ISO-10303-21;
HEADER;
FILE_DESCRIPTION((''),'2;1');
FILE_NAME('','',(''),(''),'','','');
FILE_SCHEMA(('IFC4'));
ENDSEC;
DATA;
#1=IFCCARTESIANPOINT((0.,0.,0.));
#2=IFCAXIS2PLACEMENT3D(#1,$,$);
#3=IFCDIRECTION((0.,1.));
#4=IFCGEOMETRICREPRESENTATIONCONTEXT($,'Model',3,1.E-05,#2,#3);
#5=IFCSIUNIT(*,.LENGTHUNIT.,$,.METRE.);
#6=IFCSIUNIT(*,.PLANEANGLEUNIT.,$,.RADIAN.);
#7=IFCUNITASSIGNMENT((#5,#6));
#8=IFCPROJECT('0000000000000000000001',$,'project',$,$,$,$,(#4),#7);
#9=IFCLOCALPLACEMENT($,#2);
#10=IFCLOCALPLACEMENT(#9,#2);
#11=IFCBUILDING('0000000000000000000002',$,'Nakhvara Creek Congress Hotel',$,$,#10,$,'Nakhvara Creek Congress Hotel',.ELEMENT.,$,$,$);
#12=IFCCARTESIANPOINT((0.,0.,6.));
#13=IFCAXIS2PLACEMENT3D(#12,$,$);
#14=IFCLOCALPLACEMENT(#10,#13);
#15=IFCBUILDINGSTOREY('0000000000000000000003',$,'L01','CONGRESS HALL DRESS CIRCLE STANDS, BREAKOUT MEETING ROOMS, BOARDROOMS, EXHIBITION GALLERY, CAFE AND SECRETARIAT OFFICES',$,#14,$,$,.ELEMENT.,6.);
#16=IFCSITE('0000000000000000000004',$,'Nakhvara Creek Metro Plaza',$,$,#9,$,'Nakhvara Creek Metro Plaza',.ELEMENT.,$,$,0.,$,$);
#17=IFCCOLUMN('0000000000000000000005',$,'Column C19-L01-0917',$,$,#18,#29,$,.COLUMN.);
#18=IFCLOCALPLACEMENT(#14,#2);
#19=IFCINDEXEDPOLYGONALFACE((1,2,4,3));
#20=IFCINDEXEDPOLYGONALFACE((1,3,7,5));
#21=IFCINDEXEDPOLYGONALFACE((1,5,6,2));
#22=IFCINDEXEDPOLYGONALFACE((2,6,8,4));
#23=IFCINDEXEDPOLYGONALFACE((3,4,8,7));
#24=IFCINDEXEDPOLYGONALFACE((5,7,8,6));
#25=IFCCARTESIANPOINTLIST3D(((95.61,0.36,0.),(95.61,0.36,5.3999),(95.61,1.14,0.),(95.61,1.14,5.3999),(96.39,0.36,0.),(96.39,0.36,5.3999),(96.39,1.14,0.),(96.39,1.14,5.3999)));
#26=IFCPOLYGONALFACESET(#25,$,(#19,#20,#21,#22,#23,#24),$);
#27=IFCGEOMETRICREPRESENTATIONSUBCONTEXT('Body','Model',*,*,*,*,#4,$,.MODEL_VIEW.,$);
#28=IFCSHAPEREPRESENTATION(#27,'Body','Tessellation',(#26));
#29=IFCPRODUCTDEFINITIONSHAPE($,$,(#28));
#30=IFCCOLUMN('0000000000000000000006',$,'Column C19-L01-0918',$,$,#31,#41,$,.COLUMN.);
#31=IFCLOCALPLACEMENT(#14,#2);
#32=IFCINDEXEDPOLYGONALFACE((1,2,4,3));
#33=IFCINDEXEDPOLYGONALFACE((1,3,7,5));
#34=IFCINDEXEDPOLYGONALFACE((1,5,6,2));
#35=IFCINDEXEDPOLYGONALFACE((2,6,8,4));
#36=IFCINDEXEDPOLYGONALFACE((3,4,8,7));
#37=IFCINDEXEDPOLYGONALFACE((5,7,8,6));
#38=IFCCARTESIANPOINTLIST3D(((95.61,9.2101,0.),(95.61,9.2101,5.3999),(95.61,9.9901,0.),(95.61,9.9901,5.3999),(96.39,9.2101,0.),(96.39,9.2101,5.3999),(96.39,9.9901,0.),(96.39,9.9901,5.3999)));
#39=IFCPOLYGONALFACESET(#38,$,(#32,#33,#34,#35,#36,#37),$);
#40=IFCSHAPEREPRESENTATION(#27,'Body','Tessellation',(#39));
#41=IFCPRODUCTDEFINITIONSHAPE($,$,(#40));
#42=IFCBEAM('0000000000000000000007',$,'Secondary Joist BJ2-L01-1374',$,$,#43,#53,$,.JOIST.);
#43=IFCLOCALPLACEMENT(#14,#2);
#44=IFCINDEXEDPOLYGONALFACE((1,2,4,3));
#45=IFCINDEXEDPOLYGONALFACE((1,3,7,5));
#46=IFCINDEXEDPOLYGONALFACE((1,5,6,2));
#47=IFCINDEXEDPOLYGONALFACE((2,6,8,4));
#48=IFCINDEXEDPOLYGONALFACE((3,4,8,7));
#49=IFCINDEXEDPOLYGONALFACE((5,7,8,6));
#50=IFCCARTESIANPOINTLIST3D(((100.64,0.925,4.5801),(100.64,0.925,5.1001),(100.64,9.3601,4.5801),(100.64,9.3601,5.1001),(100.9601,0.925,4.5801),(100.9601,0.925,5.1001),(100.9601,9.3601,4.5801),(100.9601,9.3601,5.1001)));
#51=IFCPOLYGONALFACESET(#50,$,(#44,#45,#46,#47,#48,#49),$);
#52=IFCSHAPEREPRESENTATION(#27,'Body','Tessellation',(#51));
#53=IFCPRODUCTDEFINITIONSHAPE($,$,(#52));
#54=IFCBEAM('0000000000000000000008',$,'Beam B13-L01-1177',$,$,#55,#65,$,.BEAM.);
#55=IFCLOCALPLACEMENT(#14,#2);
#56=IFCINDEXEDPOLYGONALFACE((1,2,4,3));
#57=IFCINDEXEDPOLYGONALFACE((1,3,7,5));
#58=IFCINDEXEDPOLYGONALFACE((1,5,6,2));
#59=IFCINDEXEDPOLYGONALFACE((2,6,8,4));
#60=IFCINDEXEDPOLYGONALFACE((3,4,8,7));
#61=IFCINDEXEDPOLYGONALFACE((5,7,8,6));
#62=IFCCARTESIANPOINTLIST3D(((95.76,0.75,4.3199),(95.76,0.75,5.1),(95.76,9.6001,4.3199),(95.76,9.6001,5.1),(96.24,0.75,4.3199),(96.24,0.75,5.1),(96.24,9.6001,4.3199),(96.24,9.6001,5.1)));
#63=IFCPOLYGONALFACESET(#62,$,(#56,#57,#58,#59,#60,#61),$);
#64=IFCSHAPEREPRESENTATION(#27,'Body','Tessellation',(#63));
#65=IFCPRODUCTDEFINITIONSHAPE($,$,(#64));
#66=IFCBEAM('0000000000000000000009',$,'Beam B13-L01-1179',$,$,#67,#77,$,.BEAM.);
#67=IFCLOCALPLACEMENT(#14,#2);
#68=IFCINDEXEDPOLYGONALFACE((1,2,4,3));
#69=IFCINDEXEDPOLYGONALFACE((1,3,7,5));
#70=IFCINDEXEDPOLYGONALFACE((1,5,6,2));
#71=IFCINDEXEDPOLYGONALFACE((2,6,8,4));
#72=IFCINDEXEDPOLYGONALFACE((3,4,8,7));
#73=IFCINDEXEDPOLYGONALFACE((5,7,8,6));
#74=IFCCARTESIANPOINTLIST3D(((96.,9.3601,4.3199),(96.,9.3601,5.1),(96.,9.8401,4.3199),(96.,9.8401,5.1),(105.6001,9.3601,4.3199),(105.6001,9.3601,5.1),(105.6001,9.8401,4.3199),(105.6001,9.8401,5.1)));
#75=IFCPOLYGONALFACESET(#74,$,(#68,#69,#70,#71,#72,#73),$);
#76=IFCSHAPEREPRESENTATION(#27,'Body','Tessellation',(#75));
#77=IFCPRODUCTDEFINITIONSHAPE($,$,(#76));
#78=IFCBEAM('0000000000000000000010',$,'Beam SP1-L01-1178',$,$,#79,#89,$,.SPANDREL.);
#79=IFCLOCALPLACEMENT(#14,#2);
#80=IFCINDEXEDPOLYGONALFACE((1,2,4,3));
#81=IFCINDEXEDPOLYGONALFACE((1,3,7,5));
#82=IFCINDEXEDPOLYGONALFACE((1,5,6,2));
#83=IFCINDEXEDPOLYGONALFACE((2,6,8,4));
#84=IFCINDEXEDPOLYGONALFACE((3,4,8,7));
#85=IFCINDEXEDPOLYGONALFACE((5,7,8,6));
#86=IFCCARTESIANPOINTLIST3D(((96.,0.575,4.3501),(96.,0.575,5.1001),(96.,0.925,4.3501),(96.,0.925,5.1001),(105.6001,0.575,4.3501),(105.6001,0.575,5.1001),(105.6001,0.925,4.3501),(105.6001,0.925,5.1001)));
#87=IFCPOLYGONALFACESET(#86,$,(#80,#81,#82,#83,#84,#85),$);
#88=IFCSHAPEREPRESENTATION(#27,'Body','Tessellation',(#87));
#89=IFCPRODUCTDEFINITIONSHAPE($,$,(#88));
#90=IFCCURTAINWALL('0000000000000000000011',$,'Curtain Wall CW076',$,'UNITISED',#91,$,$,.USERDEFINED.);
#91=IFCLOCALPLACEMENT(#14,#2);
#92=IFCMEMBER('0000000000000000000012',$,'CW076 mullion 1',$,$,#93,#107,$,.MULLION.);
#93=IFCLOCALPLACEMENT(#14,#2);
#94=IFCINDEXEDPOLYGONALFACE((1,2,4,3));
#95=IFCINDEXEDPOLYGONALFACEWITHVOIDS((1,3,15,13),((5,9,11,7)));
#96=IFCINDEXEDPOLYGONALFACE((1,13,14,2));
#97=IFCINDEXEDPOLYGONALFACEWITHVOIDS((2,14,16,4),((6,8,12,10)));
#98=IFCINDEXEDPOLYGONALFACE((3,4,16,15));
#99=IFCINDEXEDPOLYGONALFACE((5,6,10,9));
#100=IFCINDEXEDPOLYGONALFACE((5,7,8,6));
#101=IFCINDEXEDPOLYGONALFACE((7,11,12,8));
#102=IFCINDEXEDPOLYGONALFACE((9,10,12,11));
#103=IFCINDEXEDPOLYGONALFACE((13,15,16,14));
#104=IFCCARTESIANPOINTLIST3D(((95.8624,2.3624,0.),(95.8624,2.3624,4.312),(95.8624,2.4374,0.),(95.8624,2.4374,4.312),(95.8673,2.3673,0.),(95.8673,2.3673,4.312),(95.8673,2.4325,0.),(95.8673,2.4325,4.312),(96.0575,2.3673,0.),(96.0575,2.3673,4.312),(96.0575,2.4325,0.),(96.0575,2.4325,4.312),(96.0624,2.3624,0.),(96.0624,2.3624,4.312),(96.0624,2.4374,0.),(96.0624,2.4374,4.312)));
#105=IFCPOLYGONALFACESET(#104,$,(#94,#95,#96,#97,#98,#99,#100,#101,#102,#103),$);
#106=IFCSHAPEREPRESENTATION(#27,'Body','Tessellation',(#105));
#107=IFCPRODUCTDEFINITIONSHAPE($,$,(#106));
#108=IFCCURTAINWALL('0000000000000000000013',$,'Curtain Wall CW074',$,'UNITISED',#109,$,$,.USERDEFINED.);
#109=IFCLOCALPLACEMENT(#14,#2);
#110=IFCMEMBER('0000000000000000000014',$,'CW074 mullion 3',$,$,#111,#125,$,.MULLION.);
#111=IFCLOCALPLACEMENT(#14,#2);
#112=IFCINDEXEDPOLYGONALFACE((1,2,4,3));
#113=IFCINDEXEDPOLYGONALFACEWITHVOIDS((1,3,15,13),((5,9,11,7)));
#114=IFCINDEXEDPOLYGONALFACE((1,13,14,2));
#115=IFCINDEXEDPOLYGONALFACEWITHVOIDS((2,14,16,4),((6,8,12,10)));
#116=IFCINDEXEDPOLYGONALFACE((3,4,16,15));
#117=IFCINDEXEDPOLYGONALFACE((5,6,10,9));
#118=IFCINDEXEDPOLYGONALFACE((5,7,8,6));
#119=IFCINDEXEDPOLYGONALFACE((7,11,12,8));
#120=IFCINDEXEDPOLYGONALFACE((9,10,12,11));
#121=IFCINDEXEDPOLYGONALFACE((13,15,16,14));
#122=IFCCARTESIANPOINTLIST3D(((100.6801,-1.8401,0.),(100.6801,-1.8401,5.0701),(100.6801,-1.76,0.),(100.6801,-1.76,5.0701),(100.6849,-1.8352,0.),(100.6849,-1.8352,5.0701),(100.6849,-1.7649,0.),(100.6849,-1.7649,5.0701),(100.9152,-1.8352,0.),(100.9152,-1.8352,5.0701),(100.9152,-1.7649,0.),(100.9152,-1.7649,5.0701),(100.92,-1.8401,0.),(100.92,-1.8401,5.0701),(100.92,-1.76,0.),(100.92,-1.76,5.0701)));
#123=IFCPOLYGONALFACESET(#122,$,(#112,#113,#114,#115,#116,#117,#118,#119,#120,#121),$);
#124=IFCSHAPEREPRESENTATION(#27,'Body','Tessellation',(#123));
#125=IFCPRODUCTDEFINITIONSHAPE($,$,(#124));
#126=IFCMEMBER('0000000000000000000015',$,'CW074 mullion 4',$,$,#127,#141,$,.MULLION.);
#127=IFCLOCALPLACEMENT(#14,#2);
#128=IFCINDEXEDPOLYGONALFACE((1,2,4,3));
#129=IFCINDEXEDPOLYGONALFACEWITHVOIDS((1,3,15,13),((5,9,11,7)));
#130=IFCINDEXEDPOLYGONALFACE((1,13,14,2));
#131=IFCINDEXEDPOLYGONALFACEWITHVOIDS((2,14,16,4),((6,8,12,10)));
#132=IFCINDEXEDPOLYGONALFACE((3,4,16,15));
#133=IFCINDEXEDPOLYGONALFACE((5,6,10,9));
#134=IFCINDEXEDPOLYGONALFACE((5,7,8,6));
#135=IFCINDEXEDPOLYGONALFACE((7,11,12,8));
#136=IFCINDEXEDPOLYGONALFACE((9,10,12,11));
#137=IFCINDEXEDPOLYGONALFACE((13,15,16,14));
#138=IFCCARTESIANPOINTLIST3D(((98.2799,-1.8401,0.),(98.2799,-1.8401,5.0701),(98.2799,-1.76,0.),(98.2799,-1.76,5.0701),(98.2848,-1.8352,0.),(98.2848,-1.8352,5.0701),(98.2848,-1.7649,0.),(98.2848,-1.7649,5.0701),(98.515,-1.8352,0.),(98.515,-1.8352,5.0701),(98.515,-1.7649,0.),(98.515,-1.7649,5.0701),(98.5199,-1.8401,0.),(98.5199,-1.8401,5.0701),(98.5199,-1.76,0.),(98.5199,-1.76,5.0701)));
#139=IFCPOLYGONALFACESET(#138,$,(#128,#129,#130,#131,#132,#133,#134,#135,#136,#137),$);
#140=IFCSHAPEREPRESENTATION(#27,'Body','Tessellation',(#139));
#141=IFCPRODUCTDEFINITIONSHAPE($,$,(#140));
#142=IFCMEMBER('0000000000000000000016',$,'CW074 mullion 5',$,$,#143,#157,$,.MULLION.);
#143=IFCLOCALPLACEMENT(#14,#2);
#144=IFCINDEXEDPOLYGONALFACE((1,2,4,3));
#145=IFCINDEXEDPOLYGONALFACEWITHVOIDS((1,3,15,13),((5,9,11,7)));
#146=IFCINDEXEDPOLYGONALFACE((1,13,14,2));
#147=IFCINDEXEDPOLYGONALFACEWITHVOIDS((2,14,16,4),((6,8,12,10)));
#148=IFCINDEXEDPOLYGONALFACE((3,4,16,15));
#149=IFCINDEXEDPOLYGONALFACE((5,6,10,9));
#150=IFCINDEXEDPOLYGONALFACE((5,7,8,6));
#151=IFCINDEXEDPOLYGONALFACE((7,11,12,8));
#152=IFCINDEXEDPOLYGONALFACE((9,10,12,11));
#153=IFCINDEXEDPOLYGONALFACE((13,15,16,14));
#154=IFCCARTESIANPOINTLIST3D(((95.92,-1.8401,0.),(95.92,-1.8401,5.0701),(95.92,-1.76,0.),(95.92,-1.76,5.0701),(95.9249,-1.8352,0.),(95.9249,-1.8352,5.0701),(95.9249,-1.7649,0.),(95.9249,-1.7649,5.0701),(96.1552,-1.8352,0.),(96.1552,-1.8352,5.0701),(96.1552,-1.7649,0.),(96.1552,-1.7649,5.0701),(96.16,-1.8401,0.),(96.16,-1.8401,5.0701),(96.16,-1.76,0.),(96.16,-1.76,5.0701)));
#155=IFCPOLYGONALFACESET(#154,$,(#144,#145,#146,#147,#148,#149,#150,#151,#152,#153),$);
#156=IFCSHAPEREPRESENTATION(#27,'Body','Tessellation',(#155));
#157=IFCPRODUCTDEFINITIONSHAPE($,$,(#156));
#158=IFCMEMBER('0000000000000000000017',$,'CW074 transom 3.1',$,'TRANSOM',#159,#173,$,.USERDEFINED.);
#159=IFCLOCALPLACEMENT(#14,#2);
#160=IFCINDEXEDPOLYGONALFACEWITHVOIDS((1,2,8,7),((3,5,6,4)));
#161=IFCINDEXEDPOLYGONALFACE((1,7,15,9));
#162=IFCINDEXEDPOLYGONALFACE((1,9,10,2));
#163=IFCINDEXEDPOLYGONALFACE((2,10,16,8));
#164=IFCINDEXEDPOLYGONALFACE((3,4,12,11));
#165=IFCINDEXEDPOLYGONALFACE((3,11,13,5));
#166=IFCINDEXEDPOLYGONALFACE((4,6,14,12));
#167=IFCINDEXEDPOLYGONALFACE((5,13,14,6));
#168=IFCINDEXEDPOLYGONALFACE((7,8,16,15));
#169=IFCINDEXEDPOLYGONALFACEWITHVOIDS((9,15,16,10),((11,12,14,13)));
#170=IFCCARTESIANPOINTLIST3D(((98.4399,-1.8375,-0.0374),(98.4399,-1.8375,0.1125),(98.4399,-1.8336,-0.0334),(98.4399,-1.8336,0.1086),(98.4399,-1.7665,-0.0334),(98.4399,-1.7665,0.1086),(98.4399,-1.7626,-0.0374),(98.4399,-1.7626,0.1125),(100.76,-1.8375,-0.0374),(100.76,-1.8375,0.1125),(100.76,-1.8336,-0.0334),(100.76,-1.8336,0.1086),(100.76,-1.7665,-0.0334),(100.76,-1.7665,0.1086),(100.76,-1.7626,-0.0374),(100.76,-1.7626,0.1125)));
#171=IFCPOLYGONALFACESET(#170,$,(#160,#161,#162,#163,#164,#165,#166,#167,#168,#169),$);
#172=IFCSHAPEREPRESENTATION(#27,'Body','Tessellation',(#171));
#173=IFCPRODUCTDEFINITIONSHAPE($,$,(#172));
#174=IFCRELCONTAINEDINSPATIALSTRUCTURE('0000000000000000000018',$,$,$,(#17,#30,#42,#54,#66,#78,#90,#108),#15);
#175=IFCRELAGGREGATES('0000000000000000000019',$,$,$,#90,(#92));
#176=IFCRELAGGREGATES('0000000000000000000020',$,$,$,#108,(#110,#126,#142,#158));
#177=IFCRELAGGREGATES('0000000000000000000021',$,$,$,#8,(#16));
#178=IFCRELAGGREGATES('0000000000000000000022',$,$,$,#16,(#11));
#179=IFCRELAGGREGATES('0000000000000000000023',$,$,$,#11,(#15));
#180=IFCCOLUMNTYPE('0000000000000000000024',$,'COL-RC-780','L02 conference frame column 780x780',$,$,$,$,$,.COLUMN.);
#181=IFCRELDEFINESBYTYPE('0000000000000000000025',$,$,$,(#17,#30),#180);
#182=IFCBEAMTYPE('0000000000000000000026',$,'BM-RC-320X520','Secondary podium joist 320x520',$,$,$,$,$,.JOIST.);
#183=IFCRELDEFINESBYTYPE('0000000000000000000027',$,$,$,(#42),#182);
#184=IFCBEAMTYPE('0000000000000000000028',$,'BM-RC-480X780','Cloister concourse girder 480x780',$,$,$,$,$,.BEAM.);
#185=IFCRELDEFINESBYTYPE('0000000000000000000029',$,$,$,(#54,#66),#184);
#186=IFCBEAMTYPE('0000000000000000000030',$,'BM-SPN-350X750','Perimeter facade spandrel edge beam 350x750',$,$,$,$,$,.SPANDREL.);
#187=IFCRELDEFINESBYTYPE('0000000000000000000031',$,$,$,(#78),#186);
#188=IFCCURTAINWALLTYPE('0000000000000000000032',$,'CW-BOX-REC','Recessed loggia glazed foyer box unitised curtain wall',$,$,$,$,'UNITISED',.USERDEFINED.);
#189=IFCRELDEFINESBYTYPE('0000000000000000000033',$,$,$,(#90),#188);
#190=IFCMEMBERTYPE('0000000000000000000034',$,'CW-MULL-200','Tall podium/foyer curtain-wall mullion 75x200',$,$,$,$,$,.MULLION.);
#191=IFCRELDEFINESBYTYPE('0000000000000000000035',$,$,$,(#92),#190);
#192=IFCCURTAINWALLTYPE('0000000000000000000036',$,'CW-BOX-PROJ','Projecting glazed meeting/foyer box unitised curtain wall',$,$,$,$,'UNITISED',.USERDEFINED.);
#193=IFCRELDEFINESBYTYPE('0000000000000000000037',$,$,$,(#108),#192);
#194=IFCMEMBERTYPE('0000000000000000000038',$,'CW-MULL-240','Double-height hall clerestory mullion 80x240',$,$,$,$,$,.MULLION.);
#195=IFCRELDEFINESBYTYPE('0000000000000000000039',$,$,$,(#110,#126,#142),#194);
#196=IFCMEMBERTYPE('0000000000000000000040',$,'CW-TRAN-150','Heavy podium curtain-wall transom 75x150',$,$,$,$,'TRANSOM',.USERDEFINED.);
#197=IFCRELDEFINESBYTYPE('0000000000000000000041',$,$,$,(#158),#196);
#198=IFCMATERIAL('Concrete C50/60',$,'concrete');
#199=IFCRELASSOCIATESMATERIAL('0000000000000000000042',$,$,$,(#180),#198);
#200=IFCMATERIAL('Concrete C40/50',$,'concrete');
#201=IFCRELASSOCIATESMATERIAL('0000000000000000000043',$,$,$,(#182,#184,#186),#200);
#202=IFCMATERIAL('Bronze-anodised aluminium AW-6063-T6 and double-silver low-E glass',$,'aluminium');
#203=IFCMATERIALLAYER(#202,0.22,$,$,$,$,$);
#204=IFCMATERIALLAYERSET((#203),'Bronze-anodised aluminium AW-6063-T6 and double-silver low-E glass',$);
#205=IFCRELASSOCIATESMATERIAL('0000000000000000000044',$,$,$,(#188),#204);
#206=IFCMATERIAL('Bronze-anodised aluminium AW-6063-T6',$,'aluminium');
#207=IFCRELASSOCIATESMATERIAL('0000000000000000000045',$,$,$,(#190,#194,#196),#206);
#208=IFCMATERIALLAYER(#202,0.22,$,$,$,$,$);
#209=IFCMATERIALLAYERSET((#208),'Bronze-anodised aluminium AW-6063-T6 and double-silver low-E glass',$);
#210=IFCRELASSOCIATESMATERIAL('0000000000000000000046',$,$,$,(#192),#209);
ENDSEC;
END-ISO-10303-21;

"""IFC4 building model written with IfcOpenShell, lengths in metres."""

from ifc_helpers import new_model, si_unit, direction, frame, origin, origin_2d, place, context, subcontext, project, spatial, rectangle, hollow_rectangle, extrude, material, layer, layer_set, material_profile, profile_set, type_object, element, aggregate, save


model = new_model("IFC4")

# Units and contexts
model_context = context("Model", 3, precision=1e-05, world=origin(), true_north=direction((0.0, 1.0)))
body_context = subcontext(model_context, "Body", "Model", "MODEL_VIEW")
ifc_project = project(units=[si_unit("LENGTHUNIT", "METRE"), si_unit("PLANEANGLEUNIT", "RADIAN")], contexts=[model_context])

# Site, building, storey
site_placement = place(None, origin())
site = spatial("IfcSite", under=ifc_project, at=site_placement, Name="Nakhvara Creek Metro Plaza", LongName="Nakhvara Creek Metro Plaza", CompositionType="ELEMENT", RefElevation=0.0)
building_placement = place(site_placement, origin())
building = spatial("IfcBuilding", under=site, at=building_placement, Name="Nakhvara Creek Congress Hotel", LongName="Nakhvara Creek Congress Hotel", CompositionType="ELEMENT")
storey_placement = place(building_placement, frame((0.0, 0.0, 6.0)))
storey = spatial("IfcBuildingStorey", under=building, at=storey_placement, Name="L01", Description="CONGRESS HALL DRESS CIRCLE STANDS, BREAKOUT MEETING ROOMS, BOARDROOMS, EXHIBITION GALLERY, CAFE AND SECRETARIAT OFFICES", CompositionType="ELEMENT", Elevation=6.0)

# Columns
ifc_material_1 = material(Name="Concrete C50/60", Category="concrete")
ifc_material_profile_1 = material_profile(ifc_material_1, rectangle(XDim=0.78, YDim=0.78, at=origin_2d()), Name="RC-COL 780x780", Category="LoadBearing")
ifc_profile_set_1 = profile_set([ifc_material_profile_1], Name="Concrete C50/60")
column_type = type_object("IfcColumnType", Name="COL-RC-780", Description="L02 conference frame column 780x780", PredefinedType="COLUMN", material=ifc_profile_set_1)
for number, where, z_axis, x_axis, name in (
    (1, (96.0, 0.75, 0.0), (0.0, 0.0, 1.0), (1.0, 0.0, 0.0), "Column C19-L01-0917"),
    (2, (96.0, 9.6001, 0.0), (0.0, 0.0, 1.0), (1.0, 0.0, 0.0), "Column C19-L01-0918"),
):
    element("IfcColumn", number, at=place(storey_placement, frame(where, z_axis=z_axis, x_axis=x_axis)), inside=storey, type_object=column_type, Name=name, PredefinedType="COLUMN", context=body_context, shape_type="SweptSolid", body=[
        extrude(rectangle(XDim=0.78, YDim=0.78, at=origin_2d()), origin(), (0.0, 0.0, 1.0), 5.3999),
    ])

# Beams
ifc_material_2 = material(Name="Concrete C40/50", Category="concrete")
ifc_material_profile_2 = material_profile(ifc_material_2, rectangle(XDim=0.3201, YDim=0.52, at=origin_2d()), Name="RC-BM 320x520", Category="LoadBearing")
ifc_profile_set_2 = profile_set([ifc_material_profile_2], Name="Concrete C40/50")
beam_type_1 = type_object("IfcBeamType", Name="BM-RC-320X520", Description="Secondary podium joist 320x520", PredefinedType="JOIST", material=ifc_profile_set_2)
beam_1_placement = place(storey_placement, frame((100.8, 0.925, 4.8401), z_axis=(0.0, 1.0, 0.0), x_axis=(-1.0, 0.0, 0.0)))
element("IfcBeam", 3, at=beam_1_placement, inside=storey, type_object=beam_type_1, Name="Secondary Joist BJ2-L01-1374", PredefinedType="JOIST", context=body_context, shape_type="SweptSolid", body=[
    extrude(rectangle(XDim=0.3201, YDim=0.52, at=origin_2d()), origin(), (0.0, 0.0, 1.0), 8.4351),
])
ifc_material_profile_3 = material_profile(ifc_material_2, rectangle(XDim=0.48, YDim=0.78, at=origin_2d()), Name="RC-BM 480x780", Category="LoadBearing")
ifc_profile_set_3 = profile_set([ifc_material_profile_3], Name="Concrete C40/50")
beam_type_2 = type_object("IfcBeamType", Name="BM-RC-480X780", Description="Cloister concourse girder 480x780", PredefinedType="BEAM", material=ifc_profile_set_3)
beam_2_placement = place(storey_placement, frame((96.0, 0.75, 4.71), z_axis=(0.0, 1.0, 0.0), x_axis=(-1.0, 0.0, 0.0)))
element("IfcBeam", 4, at=beam_2_placement, inside=storey, type_object=beam_type_2, Name="Beam B13-L01-1177", PredefinedType="BEAM", context=body_context, shape_type="SweptSolid", body=[
    extrude(rectangle(XDim=0.48, YDim=0.78, at=origin_2d()), origin(), (0.0, 0.0, 1.0), 8.8501),
])
beam_3_placement = place(storey_placement, frame((96.0, 9.6001, 4.71), z_axis=(1.0, 0.0, 0.0), x_axis=(0.0, 1.0, 0.0)))
element("IfcBeam", 5, at=beam_3_placement, inside=storey, type_object=beam_type_2, Name="Beam B13-L01-1179", PredefinedType="BEAM", context=body_context, shape_type="SweptSolid", body=[
    extrude(rectangle(XDim=0.48, YDim=0.78, at=origin_2d()), origin(), (0.0, 0.0, 1.0), 9.6001),
])
ifc_material_profile_4 = material_profile(ifc_material_2, rectangle(XDim=0.3501, YDim=0.75, at=origin_2d()), Name="RC-SPANDREL 350x750", Category="LoadBearing")
ifc_profile_set_4 = profile_set([ifc_material_profile_4], Name="Concrete C40/50")
beam_type_3 = type_object("IfcBeamType", Name="BM-SPN-350X750", Description="Perimeter facade spandrel edge beam 350x750", PredefinedType="SPANDREL", material=ifc_profile_set_4)
beam_4_placement = place(storey_placement, frame((96.0, 0.75, 4.7251), z_axis=(1.0, 0.0, 0.0), x_axis=(0.0, 1.0, 0.0)))
element("IfcBeam", 6, at=beam_4_placement, inside=storey, type_object=beam_type_3, Name="Beam SP1-L01-1178", PredefinedType="SPANDREL", context=body_context, shape_type="SweptSolid", body=[
    extrude(rectangle(XDim=0.3501, YDim=0.75, at=origin_2d()), origin(), (0.0, 0.0, 1.0), 9.6001),
])

# Curtain wall, member
ifc_material_3 = material(Name="Bronze-anodised aluminium AW-6063-T6 and double-silver low-E glass", Category="aluminium")
ifc_layer_1 = layer(ifc_material_3, 0.22)
ifc_layer_set_1 = layer_set([ifc_layer_1], Name="Bronze-anodised aluminium AW-6063-T6 and double-silver low-E glass")
curtain_wall_type_1 = type_object("IfcCurtainWallType", Name="CW-BOX-REC", Description="Recessed loggia glazed foyer box unitised curtain wall", ElementType="UNITISED", PredefinedType="USERDEFINED", material=ifc_layer_set_1)
curtain_wall_1_placement = place(storey_placement, origin())
curtain_wall_1 = element("IfcCurtainWall", 7, at=curtain_wall_1_placement, inside=storey, type_object=curtain_wall_type_1, Name="Curtain Wall CW076", ObjectType="UNITISED", PredefinedType="USERDEFINED")
ifc_material_4 = material(Name="Bronze-anodised aluminium AW-6063-T6", Category="aluminium")
ifc_material_profile_5 = material_profile(ifc_material_4, hollow_rectangle(XDim=0.075, YDim=0.2, WallThickness=0.0049, at=origin_2d()), Name="ALU-MULL 75x200x5", Category="LoadBearing")
ifc_profile_set_5 = profile_set([ifc_material_profile_5], Name="Bronze-anodised aluminium AW-6063-T6")
member_type_1 = type_object("IfcMemberType", Name="CW-MULL-200", Description="Tall podium/foyer curtain-wall mullion 75x200", PredefinedType="MULLION", material=ifc_profile_set_5)
member_1_placement = place(storey_placement, frame((95.9624, 2.3999, 0.0), z_axis=(0.0, 0.0, 1.0), x_axis=(0.0, -1.0, 0.0)))
member_1 = element("IfcMember", 8, at=member_1_placement, type_object=member_type_1, Name="CW076 mullion 1", PredefinedType="MULLION", context=body_context, shape_type="SweptSolid", body=[
    extrude(hollow_rectangle(XDim=0.075, YDim=0.2, WallThickness=0.0049, at=origin_2d()), origin(), (0.0, 0.0, 1.0), 4.312),
])

# Curtain wall, members
ifc_layer_2 = layer(ifc_material_3, 0.22)
ifc_layer_set_2 = layer_set([ifc_layer_2], Name="Bronze-anodised aluminium AW-6063-T6 and double-silver low-E glass")
curtain_wall_type_2 = type_object("IfcCurtainWallType", Name="CW-BOX-PROJ", Description="Projecting glazed meeting/foyer box unitised curtain wall", ElementType="UNITISED", PredefinedType="USERDEFINED", material=ifc_layer_set_2)
curtain_wall_2_placement = place(storey_placement, origin())
curtain_wall_2 = element("IfcCurtainWall", 9, at=curtain_wall_2_placement, inside=storey, type_object=curtain_wall_type_2, Name="Curtain Wall CW074", ObjectType="UNITISED", PredefinedType="USERDEFINED")
ifc_material_profile_6 = material_profile(ifc_material_4, hollow_rectangle(XDim=0.0801, YDim=0.24, WallThickness=0.0049, at=origin_2d()), Name="ALU-MULL 80x240x5", Category="LoadBearing")
ifc_profile_set_6 = profile_set([ifc_material_profile_6], Name="Bronze-anodised aluminium AW-6063-T6")
member_type_2 = type_object("IfcMemberType", Name="CW-MULL-240", Description="Double-height hall clerestory mullion 80x240", PredefinedType="MULLION", material=ifc_profile_set_6)
member_2_placement = place(storey_placement, frame((100.8, -1.8, 0.0), z_axis=(0.0, 0.0, 1.0), x_axis=(0.0, -1.0, 0.0)))
member_2 = element("IfcMember", 10, at=member_2_placement, type_object=member_type_2, Name="CW074 mullion 3", PredefinedType="MULLION", context=body_context, shape_type="SweptSolid", body=[
    extrude(hollow_rectangle(XDim=0.0801, YDim=0.24, WallThickness=0.0049, at=origin_2d()), origin(), (0.0, 0.0, 1.0), 5.0701),
])
member_3_placement = place(storey_placement, frame((98.3999, -1.8, 0.0), z_axis=(0.0, 0.0, 1.0), x_axis=(0.0, -1.0, 0.0)))
member_3 = element("IfcMember", 11, at=member_3_placement, type_object=member_type_2, Name="CW074 mullion 4", PredefinedType="MULLION", context=body_context, shape_type="SweptSolid", body=[
    extrude(hollow_rectangle(XDim=0.0801, YDim=0.24, WallThickness=0.0049, at=origin_2d()), origin(), (0.0, 0.0, 1.0), 5.0701),
])
member_4_placement = place(storey_placement, frame((96.04, -1.8, 0.0), z_axis=(0.0, 0.0, 1.0), x_axis=(0.0, -1.0, 0.0)))
member_4 = element("IfcMember", 12, at=member_4_placement, type_object=member_type_2, Name="CW074 mullion 5", PredefinedType="MULLION", context=body_context, shape_type="SweptSolid", body=[
    extrude(hollow_rectangle(XDim=0.0801, YDim=0.24, WallThickness=0.0049, at=origin_2d()), origin(), (0.0, 0.0, 1.0), 5.0701),
])
ifc_material_profile_7 = material_profile(ifc_material_4, hollow_rectangle(XDim=0.075, YDim=0.1499, WallThickness=0.0039, at=origin_2d()), Name="ALU-TRAN 75x150x4", Category="LoadBearing")
ifc_profile_set_7 = profile_set([ifc_material_profile_7], Name="Bronze-anodised aluminium AW-6063-T6")
member_type_3 = type_object("IfcMemberType", Name="CW-TRAN-150", Description="Heavy podium curtain-wall transom 75x150", ElementType="TRANSOM", PredefinedType="USERDEFINED", material=ifc_profile_set_7)
member_5_placement = place(storey_placement, frame((100.76, -1.8, 0.0376), z_axis=(-1.0, 0.0, 0.0), x_axis=(0.0, -1.0, 0.0)))
member_5 = element("IfcMember", 13, at=member_5_placement, type_object=member_type_3, Name="CW074 transom 3.1", ObjectType="TRANSOM", PredefinedType="USERDEFINED", context=body_context, shape_type="SweptSolid", body=[
    extrude(hollow_rectangle(XDim=0.075, YDim=0.1499, WallThickness=0.0039, at=origin_2d()), origin(), (0.0, 0.0, 1.0), 2.3201),
])

aggregate(curtain_wall_1, [member_1])

aggregate(curtain_wall_2, [member_2, member_3, member_4, member_5])

save(model, "model.ifc")
